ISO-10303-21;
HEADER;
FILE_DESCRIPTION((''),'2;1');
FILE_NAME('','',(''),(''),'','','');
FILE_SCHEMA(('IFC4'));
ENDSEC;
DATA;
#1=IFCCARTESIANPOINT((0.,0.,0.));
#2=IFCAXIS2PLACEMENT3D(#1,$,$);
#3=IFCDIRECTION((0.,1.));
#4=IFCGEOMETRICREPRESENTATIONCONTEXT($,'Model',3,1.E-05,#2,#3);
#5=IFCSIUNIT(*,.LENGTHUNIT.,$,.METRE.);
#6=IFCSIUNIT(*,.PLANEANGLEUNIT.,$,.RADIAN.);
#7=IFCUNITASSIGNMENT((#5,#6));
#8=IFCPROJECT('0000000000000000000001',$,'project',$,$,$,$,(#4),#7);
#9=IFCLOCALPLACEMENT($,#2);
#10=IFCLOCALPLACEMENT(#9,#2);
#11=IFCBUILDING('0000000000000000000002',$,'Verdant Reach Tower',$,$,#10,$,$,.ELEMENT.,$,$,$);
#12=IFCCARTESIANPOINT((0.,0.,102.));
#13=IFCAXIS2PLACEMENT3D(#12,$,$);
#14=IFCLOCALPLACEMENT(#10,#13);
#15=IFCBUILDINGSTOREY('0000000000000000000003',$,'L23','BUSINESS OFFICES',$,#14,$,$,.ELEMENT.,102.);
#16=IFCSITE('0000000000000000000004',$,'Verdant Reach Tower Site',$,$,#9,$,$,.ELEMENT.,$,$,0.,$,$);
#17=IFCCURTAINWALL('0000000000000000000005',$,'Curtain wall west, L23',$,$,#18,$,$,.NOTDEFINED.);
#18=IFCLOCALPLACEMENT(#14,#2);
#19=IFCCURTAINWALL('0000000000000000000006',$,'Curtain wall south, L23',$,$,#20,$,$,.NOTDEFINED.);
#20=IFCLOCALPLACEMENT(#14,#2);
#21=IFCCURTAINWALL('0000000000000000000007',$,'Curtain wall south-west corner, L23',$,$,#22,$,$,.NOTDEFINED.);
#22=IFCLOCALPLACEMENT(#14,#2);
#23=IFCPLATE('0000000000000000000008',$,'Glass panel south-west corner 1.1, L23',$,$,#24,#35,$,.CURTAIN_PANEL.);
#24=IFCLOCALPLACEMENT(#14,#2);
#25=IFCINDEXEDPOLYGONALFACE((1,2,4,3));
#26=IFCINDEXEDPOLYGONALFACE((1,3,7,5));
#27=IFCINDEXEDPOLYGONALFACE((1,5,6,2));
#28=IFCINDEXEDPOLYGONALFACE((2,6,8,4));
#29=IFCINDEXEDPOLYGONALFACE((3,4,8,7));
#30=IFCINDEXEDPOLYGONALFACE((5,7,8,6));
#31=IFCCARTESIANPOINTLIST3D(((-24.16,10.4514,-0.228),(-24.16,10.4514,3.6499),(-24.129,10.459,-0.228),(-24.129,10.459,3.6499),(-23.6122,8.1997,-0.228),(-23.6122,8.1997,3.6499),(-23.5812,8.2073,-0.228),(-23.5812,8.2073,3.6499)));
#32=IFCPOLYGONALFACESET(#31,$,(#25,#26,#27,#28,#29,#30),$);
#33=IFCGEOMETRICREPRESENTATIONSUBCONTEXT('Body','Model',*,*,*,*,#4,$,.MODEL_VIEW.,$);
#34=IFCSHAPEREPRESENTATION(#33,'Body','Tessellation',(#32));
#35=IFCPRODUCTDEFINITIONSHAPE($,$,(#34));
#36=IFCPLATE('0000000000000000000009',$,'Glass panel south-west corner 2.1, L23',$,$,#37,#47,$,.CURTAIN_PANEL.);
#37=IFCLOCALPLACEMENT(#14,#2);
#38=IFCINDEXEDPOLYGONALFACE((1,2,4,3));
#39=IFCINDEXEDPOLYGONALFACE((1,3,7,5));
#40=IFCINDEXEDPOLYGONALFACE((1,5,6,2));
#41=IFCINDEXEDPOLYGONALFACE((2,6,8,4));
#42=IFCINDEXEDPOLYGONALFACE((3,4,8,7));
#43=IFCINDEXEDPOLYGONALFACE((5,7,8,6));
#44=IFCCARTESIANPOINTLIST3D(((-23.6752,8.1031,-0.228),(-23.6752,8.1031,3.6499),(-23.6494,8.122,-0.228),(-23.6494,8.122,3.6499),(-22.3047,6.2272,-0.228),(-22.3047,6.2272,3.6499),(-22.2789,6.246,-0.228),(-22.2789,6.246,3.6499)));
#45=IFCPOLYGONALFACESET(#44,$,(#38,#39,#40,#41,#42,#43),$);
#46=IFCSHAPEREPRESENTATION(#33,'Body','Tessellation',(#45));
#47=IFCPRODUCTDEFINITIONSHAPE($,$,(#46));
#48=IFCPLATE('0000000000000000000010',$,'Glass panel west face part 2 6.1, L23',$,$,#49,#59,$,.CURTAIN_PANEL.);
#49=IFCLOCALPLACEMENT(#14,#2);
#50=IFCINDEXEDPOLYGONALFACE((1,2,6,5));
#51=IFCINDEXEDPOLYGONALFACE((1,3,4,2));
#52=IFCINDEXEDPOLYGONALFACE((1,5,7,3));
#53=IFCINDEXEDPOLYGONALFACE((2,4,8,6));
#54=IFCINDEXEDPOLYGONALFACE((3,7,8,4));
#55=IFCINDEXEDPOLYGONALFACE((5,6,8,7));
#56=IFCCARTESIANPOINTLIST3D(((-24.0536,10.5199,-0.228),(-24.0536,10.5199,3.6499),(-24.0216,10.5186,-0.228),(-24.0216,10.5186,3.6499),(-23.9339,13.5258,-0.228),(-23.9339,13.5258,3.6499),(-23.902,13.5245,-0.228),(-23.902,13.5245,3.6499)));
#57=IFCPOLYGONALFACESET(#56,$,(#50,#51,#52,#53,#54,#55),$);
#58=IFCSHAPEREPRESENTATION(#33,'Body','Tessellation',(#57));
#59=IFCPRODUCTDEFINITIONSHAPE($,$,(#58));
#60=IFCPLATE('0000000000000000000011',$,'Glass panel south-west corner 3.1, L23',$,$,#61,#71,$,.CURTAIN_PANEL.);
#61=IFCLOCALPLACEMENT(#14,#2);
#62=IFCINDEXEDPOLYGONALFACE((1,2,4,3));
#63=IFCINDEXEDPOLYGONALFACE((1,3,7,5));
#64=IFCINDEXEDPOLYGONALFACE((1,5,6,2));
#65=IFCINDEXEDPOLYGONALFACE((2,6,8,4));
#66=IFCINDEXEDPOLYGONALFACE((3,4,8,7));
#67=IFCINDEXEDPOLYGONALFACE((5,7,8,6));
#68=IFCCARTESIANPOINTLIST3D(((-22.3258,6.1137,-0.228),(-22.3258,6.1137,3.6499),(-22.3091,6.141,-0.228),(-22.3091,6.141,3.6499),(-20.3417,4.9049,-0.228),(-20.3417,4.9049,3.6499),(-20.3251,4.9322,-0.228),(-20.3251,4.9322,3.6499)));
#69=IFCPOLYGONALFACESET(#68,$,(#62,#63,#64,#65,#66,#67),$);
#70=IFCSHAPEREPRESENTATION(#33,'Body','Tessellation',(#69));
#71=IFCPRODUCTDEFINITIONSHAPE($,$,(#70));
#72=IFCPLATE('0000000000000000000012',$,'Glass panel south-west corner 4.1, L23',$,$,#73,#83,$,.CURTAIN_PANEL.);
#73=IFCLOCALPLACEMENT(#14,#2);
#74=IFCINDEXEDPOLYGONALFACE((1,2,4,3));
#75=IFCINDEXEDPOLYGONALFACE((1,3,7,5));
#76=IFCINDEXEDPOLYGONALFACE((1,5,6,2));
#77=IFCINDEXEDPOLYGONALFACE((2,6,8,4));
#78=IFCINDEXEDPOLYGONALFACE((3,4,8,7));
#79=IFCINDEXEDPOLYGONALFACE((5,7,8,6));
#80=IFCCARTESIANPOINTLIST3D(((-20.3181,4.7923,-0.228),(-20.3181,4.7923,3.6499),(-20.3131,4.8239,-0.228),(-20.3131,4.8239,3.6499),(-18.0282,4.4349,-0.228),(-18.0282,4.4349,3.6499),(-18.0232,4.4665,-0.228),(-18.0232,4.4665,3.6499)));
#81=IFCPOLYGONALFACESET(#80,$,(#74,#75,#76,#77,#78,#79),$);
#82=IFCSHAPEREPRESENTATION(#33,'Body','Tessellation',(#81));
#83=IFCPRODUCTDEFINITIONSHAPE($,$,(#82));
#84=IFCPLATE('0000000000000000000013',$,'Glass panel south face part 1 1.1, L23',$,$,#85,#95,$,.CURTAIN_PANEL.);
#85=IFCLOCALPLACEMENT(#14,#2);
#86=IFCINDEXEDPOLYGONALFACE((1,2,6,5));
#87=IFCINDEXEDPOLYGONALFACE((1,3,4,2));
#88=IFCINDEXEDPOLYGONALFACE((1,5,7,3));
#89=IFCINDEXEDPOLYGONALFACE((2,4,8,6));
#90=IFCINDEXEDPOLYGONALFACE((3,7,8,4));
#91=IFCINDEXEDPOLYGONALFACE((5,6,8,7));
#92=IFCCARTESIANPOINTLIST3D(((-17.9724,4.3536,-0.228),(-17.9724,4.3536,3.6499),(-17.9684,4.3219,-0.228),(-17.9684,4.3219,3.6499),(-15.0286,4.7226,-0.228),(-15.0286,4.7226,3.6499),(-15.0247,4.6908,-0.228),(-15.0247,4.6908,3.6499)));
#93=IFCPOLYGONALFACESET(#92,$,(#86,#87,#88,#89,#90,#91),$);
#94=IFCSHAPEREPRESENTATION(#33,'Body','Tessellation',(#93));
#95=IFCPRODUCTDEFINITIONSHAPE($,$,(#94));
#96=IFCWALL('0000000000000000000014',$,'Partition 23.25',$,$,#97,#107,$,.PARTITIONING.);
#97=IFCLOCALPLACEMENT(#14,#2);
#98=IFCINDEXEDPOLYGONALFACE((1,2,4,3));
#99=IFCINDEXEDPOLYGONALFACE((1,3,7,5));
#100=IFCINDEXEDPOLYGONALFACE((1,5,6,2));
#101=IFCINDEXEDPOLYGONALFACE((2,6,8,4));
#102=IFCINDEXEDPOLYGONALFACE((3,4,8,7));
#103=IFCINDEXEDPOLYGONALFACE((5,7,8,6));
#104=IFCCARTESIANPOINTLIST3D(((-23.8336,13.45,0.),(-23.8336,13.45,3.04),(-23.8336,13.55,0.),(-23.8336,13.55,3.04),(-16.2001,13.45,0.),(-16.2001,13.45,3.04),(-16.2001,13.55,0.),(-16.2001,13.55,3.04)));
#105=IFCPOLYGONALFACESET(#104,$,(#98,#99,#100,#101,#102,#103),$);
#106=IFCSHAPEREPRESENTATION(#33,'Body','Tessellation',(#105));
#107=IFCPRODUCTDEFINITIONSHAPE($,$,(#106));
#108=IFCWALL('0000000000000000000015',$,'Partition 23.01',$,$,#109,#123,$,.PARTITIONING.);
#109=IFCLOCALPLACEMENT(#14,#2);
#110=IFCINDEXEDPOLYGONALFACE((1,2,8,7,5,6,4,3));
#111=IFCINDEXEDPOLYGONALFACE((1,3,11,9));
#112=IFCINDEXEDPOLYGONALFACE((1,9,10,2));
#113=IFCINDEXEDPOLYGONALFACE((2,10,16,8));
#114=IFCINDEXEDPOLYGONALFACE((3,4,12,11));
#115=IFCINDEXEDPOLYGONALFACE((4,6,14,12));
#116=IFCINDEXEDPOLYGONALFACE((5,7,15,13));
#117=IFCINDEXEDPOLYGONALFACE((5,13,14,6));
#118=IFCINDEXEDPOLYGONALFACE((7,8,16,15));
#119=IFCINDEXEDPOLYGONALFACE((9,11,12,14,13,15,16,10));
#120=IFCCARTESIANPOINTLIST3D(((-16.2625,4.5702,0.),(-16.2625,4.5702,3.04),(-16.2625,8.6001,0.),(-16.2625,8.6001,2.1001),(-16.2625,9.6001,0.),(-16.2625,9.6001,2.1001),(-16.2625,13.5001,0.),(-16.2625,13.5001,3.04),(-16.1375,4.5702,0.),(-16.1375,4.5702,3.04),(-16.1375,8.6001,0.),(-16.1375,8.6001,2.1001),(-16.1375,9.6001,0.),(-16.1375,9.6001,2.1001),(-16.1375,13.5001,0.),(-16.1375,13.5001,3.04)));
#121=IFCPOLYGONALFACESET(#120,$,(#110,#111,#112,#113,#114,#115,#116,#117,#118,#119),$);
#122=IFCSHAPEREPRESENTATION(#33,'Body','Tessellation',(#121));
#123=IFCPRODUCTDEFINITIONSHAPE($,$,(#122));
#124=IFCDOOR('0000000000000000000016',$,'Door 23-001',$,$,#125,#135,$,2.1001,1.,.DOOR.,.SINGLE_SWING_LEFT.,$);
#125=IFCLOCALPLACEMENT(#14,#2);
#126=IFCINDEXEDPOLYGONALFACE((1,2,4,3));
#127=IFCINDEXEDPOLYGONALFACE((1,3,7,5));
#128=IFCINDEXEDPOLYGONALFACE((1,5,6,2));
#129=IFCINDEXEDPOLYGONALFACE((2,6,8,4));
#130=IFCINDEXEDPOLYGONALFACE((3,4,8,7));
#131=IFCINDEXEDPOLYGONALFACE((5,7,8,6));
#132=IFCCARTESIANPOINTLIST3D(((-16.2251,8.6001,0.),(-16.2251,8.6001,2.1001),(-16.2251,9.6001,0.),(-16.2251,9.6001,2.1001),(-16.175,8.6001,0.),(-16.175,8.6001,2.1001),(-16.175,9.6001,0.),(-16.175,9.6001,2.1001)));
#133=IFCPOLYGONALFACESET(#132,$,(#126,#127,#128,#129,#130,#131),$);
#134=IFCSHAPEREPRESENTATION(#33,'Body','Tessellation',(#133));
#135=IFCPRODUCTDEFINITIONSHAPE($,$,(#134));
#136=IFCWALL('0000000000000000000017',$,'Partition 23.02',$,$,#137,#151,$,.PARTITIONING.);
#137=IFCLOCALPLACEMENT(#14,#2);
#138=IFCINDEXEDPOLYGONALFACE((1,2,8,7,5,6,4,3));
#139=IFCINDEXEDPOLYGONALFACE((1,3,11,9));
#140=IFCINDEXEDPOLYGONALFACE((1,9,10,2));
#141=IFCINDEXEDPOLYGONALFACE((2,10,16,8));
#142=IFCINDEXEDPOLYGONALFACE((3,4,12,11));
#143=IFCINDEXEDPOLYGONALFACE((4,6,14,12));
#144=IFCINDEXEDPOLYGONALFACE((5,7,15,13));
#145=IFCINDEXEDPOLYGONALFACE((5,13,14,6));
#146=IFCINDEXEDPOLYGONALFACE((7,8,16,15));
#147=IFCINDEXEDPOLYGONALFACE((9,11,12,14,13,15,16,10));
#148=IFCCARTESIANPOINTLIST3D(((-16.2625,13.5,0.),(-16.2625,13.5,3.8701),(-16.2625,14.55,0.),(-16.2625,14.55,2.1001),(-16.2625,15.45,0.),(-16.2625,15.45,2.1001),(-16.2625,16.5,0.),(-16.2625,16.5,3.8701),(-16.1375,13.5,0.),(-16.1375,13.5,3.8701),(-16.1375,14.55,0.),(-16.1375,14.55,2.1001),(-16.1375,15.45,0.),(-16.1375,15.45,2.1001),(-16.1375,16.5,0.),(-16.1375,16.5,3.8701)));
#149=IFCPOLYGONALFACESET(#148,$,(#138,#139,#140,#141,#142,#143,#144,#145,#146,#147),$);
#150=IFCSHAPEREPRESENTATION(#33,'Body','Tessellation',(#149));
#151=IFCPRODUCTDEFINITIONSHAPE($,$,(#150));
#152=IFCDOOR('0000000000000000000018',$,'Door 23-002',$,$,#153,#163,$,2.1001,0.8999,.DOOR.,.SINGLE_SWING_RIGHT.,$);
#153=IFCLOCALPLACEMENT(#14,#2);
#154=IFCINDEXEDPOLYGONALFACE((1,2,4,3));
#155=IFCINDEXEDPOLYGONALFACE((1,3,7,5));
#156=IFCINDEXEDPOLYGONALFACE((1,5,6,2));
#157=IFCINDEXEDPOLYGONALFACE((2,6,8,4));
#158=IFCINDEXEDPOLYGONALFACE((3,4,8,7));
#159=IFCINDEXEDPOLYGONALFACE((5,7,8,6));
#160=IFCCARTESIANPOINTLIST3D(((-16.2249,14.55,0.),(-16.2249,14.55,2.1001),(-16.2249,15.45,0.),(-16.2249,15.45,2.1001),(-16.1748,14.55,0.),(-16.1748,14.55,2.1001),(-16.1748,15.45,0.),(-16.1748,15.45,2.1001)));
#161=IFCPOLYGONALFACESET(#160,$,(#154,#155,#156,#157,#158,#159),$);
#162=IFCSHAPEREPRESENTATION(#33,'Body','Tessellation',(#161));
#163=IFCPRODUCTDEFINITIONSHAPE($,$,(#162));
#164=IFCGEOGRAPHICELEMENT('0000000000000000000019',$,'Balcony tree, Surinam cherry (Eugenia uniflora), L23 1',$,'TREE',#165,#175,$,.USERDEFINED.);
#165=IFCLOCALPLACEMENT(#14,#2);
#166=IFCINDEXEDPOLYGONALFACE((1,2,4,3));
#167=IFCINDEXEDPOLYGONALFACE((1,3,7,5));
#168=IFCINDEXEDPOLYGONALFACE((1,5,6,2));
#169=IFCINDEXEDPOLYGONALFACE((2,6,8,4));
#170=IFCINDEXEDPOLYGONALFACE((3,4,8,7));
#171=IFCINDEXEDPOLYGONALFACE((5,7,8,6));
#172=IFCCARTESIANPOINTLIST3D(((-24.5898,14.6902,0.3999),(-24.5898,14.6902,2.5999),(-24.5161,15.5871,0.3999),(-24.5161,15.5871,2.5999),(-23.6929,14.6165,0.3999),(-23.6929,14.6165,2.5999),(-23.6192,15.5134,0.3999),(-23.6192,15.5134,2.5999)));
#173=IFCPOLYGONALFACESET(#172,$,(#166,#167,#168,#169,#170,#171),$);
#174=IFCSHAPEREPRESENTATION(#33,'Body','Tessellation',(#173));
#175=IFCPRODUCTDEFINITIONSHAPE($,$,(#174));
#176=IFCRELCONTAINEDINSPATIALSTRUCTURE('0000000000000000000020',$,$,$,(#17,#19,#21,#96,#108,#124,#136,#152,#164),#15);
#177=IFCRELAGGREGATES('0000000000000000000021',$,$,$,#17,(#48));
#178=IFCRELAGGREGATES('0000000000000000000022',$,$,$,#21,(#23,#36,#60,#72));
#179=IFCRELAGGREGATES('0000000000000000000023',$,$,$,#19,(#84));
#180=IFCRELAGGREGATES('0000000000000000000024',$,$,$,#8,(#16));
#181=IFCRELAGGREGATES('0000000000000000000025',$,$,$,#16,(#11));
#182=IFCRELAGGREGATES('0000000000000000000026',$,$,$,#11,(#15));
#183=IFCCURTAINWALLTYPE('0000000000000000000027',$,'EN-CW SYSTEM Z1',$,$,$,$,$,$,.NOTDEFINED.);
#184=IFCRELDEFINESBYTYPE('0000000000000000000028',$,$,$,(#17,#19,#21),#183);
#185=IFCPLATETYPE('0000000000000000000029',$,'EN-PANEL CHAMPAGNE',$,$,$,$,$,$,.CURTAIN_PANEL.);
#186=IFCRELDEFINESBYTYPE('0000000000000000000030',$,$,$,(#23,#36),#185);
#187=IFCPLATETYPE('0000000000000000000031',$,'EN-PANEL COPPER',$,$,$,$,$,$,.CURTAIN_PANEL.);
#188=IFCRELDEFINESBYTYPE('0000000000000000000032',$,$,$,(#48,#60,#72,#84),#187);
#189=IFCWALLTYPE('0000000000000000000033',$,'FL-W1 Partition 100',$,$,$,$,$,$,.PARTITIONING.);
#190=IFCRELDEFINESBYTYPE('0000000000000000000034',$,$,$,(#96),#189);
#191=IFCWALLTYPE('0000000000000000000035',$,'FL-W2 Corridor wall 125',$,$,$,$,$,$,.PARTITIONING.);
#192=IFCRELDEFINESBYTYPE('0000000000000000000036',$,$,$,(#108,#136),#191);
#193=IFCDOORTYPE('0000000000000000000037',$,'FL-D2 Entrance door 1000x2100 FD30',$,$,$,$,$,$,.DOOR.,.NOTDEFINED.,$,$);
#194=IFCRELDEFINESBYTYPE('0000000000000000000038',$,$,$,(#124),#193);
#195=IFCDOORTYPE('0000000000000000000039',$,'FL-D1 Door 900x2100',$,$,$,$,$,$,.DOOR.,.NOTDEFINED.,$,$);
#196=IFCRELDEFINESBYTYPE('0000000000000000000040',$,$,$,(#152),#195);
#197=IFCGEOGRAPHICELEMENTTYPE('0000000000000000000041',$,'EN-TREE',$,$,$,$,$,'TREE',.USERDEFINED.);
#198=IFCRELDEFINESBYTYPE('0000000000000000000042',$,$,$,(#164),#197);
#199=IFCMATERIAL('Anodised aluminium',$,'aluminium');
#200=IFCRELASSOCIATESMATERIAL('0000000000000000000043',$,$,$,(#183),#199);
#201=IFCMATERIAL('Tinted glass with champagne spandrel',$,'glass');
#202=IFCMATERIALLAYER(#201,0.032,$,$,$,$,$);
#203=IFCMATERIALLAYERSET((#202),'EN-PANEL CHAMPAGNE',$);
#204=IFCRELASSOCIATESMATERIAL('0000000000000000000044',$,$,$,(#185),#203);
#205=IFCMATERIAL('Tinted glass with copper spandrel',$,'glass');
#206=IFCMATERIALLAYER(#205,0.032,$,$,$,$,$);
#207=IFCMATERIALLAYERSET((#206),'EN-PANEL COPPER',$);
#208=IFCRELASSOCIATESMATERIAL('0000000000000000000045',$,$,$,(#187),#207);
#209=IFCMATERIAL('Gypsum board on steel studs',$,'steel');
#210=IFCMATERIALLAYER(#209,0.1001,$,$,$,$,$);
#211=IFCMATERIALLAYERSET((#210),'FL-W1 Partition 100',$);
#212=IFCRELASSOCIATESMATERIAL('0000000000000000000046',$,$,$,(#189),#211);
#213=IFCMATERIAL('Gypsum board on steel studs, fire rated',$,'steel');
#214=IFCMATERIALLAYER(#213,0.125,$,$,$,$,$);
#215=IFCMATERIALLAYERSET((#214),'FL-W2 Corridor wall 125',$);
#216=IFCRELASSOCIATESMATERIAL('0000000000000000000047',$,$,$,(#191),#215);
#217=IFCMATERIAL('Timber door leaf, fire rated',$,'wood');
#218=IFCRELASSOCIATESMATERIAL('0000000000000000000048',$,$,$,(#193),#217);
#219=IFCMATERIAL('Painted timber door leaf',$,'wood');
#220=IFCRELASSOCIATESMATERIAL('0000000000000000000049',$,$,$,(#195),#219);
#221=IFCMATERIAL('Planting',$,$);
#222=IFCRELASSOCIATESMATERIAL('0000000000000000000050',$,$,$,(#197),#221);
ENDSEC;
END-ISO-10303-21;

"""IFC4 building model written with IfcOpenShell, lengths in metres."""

from ifc_helpers import new_model, si_unit, direction, frame, frame_2d, origin, origin_2d, place, context, subcontext, project, spatial, rectangle, extrude, material, layer, layer_set, type_object, element, fill, aggregate, save


model = new_model("IFC4")

# Units and contexts
model_context = context("Model", 3, precision=1e-05, world=origin(), true_north=direction((0.0, 1.0)))
body_context = subcontext(model_context, "Body", "Model", "MODEL_VIEW")
ifc_project = project(units=[si_unit("LENGTHUNIT", "METRE"), si_unit("PLANEANGLEUNIT", "RADIAN")], contexts=[model_context])

# Site, building, storey
site_placement = place(None, origin())
site = spatial("IfcSite", under=ifc_project, at=site_placement, Name="Verdant Reach Tower Site", CompositionType="ELEMENT", RefElevation=0.0)
building_placement = place(site_placement, origin())
building = spatial("IfcBuilding", under=site, at=building_placement, Name="Verdant Reach Tower", CompositionType="ELEMENT")
storey_placement = place(building_placement, frame((0.0, 0.0, 102.0)))
storey = spatial("IfcBuildingStorey", under=building, at=storey_placement, Name="L23", Description="BUSINESS OFFICES", CompositionType="ELEMENT", Elevation=102.0)

# Curtain walls
ifc_material_1 = material(Name="Anodised aluminium", Category="aluminium")
curtain_wall_type = type_object("IfcCurtainWallType", Name="EN-CW SYSTEM Z1", PredefinedType="NOTDEFINED", material=ifc_material_1)
curtain_wall_1_placement = place(storey_placement, origin())
curtain_wall_1 = element("IfcCurtainWall", 1, at=curtain_wall_1_placement, inside=storey, type_object=curtain_wall_type, Name="Curtain wall west, L23", PredefinedType="NOTDEFINED")
curtain_wall_2_placement = place(storey_placement, origin())
curtain_wall_2 = element("IfcCurtainWall", 2, at=curtain_wall_2_placement, inside=storey, type_object=curtain_wall_type, Name="Curtain wall south, L23", PredefinedType="NOTDEFINED")

# Curtain wall, plates
curtain_wall_3_placement = place(storey_placement, origin())
curtain_wall_3 = element("IfcCurtainWall", 3, at=curtain_wall_3_placement, inside=storey, type_object=curtain_wall_type, Name="Curtain wall south-west corner, L23", PredefinedType="NOTDEFINED")
ifc_material_2 = material(Name="Tinted glass with champagne spandrel", Category="glass")
ifc_layer_1 = layer(ifc_material_2, 0.032)
ifc_layer_set_1 = layer_set([ifc_layer_1], Name="EN-PANEL CHAMPAGNE")
plate_type_1 = type_object("IfcPlateType", Name="EN-PANEL CHAMPAGNE", PredefinedType="CURTAIN_PANEL", material=ifc_layer_set_1)
plate_1_placement = place(storey_placement, frame((-23.8706, 9.3293, -0.228), z_axis=(0.0, 0.0, 1.0), x_axis=(0.236383, -0.97166, 0.0)))
plate_1 = element("IfcPlate", 4, at=plate_1_placement, type_object=plate_type_1, Name="Glass panel south-west corner 1.1, L23", PredefinedType="CURTAIN_PANEL", context=body_context, shape_type="SweptSolid", body=[
    extrude(rectangle(XDim=2.3174, YDim=0.032, at=origin_2d()), origin(), (0.0, 0.0, 1.0), 3.8779),
])
plate_2_placement = place(storey_placement, frame((-22.9771, 7.1746, -0.228), z_axis=(0.0, 0.0, 1.0), x_axis=(0.589927, -0.807457, 0.0)))
plate_2 = element("IfcPlate", 5, at=plate_2_placement, type_object=plate_type_1, Name="Glass panel south-west corner 2.1, L23", PredefinedType="CURTAIN_PANEL", context=body_context, shape_type="SweptSolid", body=[
    extrude(rectangle(XDim=2.3232, YDim=0.032, at=origin_2d()), origin(), (0.0, 0.0, 1.0), 3.8779),
])

# Plates
ifc_material_3 = material(Name="Tinted glass with copper spandrel", Category="glass")
ifc_layer_2 = layer(ifc_material_3, 0.032)
ifc_layer_set_2 = layer_set([ifc_layer_2], Name="EN-PANEL COPPER")
plate_type_2 = type_object("IfcPlateType", Name="EN-PANEL COPPER", PredefinedType="CURTAIN_PANEL", material=ifc_layer_set_2)
plate_3_placement = place(storey_placement, frame((-23.9778, 12.0222, -0.228), z_axis=(0.0, 0.0, 1.0), x_axis=(-0.039784, -0.999208, 0.0)))
plate_3 = element("IfcPlate", 6, at=plate_3_placement, type_object=plate_type_2, Name="Glass panel west face part 2 6.1, L23", PredefinedType="CURTAIN_PANEL", context=body_context, shape_type="SweptSolid", body=[
    extrude(rectangle(XDim=3.0083, YDim=0.032, at=origin_2d()), origin(), (0.0, 0.0, 1.0), 3.8779),
])
aggregate(curtain_wall_1, [plate_3])
plate_4_placement = place(storey_placement, frame((-21.3254, 5.5229, -0.228), z_axis=(0.0, 0.0, 1.0), x_axis=(0.853989, -0.520292, 0.0)))
plate_4 = element("IfcPlate", 7, at=plate_4_placement, type_object=plate_type_2, Name="Glass panel south-west corner 3.1, L23", PredefinedType="CURTAIN_PANEL", context=body_context, shape_type="SweptSolid", body=[
    extrude(rectangle(XDim=2.3232, YDim=0.032, at=origin_2d()), origin(), (0.0, 0.0, 1.0), 3.8779),
])
plate_5_placement = place(storey_placement, frame((-19.1707, 4.6294, -0.228), z_axis=(0.0, 0.0, 1.0), x_axis=(0.988033, -0.154245, 0.0)))
plate_5 = element("IfcPlate", 8, at=plate_5_placement, type_object=plate_type_2, Name="Glass panel south-west corner 4.1, L23", PredefinedType="CURTAIN_PANEL", context=body_context, shape_type="SweptSolid", body=[
    extrude(rectangle(XDim=2.3176, YDim=0.032, at=origin_2d()), origin(), (0.0, 0.0, 1.0), 3.8779),
])
aggregate(curtain_wall_3, [plate_1, plate_2, plate_4, plate_5])
plate_6_placement = place(storey_placement, frame((-16.4985, 4.5222, -0.228), z_axis=(0.0, 0.0, 1.0), x_axis=(0.992235, 0.124374, 0.0)))
plate_6 = element("IfcPlate", 9, at=plate_6_placement, type_object=plate_type_2, Name="Glass panel south face part 1 1.1, L23", PredefinedType="CURTAIN_PANEL", context=body_context, shape_type="SweptSolid", body=[
    extrude(rectangle(XDim=2.9668, YDim=0.032, at=origin_2d()), origin(), (0.0, 0.0, 1.0), 3.8779),
])
aggregate(curtain_wall_2, [plate_6])

# Wall
ifc_material_4 = material(Name="Gypsum board on steel studs", Category="steel")
ifc_layer_3 = layer(ifc_material_4, 0.1001)
ifc_layer_set_3 = layer_set([ifc_layer_3], Name="FL-W1 Partition 100")
wall_type_1 = type_object("IfcWallType", Name="FL-W1 Partition 100", PredefinedType="PARTITIONING", material=ifc_layer_set_3)
wall_1_placement = place(storey_placement, frame((-16.2, 13.5, 0.0), z_axis=(0.0, 0.0, 1.0), x_axis=(-1.0, 0.0, 0.0)))
element("IfcWall", 10, at=wall_1_placement, inside=storey, type_object=wall_type_1, Name="Partition 23.25", PredefinedType="PARTITIONING", context=body_context, shape_type="SweptSolid", body=[
    extrude(rectangle(XDim=7.6335, YDim=0.1001, at=frame_2d((3.8169, 0.0))), origin(), (0.0, 0.0, 1.0), 3.04),
])

# Walls, openings, doors
ifc_material_5 = material(Name="Gypsum board on steel studs, fire rated", Category="steel")
ifc_layer_4 = layer(ifc_material_5, 0.125)
ifc_layer_set_4 = layer_set([ifc_layer_4], Name="FL-W2 Corridor wall 125")
wall_type_2 = type_object("IfcWallType", Name="FL-W2 Corridor wall 125", PredefinedType="PARTITIONING", material=ifc_layer_set_4)
wall_2_placement = place(storey_placement, frame((-16.2, 13.5, 0.0), z_axis=(0.0, 0.0, 1.0), x_axis=(0.0, -1.0, 0.0)))
wall_2 = element("IfcWall", 11, at=wall_2_placement, inside=storey, type_object=wall_type_2, Name="Partition 23.01", PredefinedType="PARTITIONING", context=body_context, shape_type="SweptSolid", body=[
    extrude(rectangle(XDim=8.9299, YDim=0.125, at=frame_2d((4.4648, 0.0))), origin(), (0.0, 0.0, 1.0), 3.04),
])
opening_1_placement = place(wall_2_placement, frame((3.8999, 0.0, 0.0)))
opening_1 = element("IfcOpeningElement", 12, at=opening_1_placement, cuts=wall_2, PredefinedType="OPENING", context=body_context, shape_type="SweptSolid", body=[
    extrude(rectangle(XDim=1.0, YDim=2.1001, at=frame_2d((0.5, 1.05))), frame((0.0, 0.0725, 0.0), z_axis=(0.0, -1.0, 0.0), x_axis=(1.0, 0.0, 0.0)), (0.0, 0.0, 1.0), 0.145),
])
ifc_material_6 = material(Name="Timber door leaf, fire rated", Category="wood")
door_type_1 = type_object("IfcDoorType", Name="FL-D2 Entrance door 1000x2100 FD30", OperationType="NOTDEFINED", PredefinedType="DOOR", material=ifc_material_6)
door_1_placement = place(opening_1_placement, origin())
door_1 = element("IfcDoor", 13, at=door_1_placement, inside=storey, type_object=door_type_1, Name="Door 23-001", OperationType="SINGLE_SWING_LEFT", OverallHeight=2.1001, OverallWidth=1.0, PredefinedType="DOOR", context=body_context, shape_type="SweptSolid", body=[
    extrude(rectangle(XDim=1.0, YDim=2.1001, at=frame_2d((0.5, 1.05))), frame((0.0, 0.0249, 0.0), z_axis=(0.0, -1.0, 0.0), x_axis=(1.0, 0.0, 0.0)), (0.0, 0.0, 1.0), 0.05),
])
fill(opening_1, door_1)
wall_3_placement = place(storey_placement, frame((-16.2, 13.5, 0.0), z_axis=(0.0, 0.0, 1.0), x_axis=(0.0, 1.0, 0.0)))
wall_3 = element("IfcWall", 14, at=wall_3_placement, inside=storey, type_object=wall_type_2, Name="Partition 23.02", PredefinedType="PARTITIONING", context=body_context, shape_type="SweptSolid", body=[
    extrude(rectangle(XDim=3.0, YDim=0.125, at=frame_2d((1.5, 0.0))), origin(), (0.0, 0.0, 1.0), 3.8701),
])
opening_2_placement = place(wall_3_placement, frame((1.05, 0.0, 0.0)))
opening_2 = element("IfcOpeningElement", 15, at=opening_2_placement, cuts=wall_3, PredefinedType="OPENING", context=body_context, shape_type="SweptSolid", body=[
    extrude(rectangle(XDim=0.8999, YDim=2.1001, at=frame_2d((0.45, 1.05))), frame((0.0, 0.0725, 0.0), z_axis=(0.0, -1.0, 0.0), x_axis=(1.0, 0.0, 0.0)), (0.0, 0.0, 1.0), 0.145),
])
ifc_material_7 = material(Name="Painted timber door leaf", Category="wood")
door_type_2 = type_object("IfcDoorType", Name="FL-D1 Door 900x2100", OperationType="NOTDEFINED", PredefinedType="DOOR", material=ifc_material_7)
door_2_placement = place(opening_2_placement, origin())
door_2 = element("IfcDoor", 16, at=door_2_placement, inside=storey, type_object=door_type_2, Name="Door 23-002", OperationType="SINGLE_SWING_RIGHT", OverallHeight=2.1001, OverallWidth=0.8999, PredefinedType="DOOR", context=body_context, shape_type="SweptSolid", body=[
    extrude(rectangle(XDim=0.8999, YDim=2.1001, at=frame_2d((0.45, 1.05))), frame((0.0, 0.0249, 0.0), z_axis=(0.0, -1.0, 0.0), x_axis=(1.0, 0.0, 0.0)), (0.0, 0.0, 1.0), 0.05),
])
fill(opening_2, door_2)

# Geographic element
ifc_material_8 = material(Name="Planting")
geographic_element_type = type_object("IfcGeographicElementType", Name="EN-TREE", ElementType="TREE", PredefinedType="USERDEFINED", material=ifc_material_8)
geographic_element_placement = place(storey_placement, frame((-24.1045, 15.1018, 0.3999), z_axis=(0.0, 0.0, 1.0), x_axis=(-0.081916, -0.996639, 0.0)))
element("IfcGeographicElement", 17, at=geographic_element_placement, inside=storey, type_object=geographic_element_type, Name="Balcony tree, Surinam cherry (Eugenia uniflora), L23 1", ObjectType="TREE", PredefinedType="USERDEFINED", context=body_context, shape_type="SweptSolid", body=[
    extrude(rectangle(XDim=0.8999, YDim=0.8999, at=origin_2d()), origin(), (0.0, 0.0, 1.0), 2.2),
])

save(model, "model.ifc")
